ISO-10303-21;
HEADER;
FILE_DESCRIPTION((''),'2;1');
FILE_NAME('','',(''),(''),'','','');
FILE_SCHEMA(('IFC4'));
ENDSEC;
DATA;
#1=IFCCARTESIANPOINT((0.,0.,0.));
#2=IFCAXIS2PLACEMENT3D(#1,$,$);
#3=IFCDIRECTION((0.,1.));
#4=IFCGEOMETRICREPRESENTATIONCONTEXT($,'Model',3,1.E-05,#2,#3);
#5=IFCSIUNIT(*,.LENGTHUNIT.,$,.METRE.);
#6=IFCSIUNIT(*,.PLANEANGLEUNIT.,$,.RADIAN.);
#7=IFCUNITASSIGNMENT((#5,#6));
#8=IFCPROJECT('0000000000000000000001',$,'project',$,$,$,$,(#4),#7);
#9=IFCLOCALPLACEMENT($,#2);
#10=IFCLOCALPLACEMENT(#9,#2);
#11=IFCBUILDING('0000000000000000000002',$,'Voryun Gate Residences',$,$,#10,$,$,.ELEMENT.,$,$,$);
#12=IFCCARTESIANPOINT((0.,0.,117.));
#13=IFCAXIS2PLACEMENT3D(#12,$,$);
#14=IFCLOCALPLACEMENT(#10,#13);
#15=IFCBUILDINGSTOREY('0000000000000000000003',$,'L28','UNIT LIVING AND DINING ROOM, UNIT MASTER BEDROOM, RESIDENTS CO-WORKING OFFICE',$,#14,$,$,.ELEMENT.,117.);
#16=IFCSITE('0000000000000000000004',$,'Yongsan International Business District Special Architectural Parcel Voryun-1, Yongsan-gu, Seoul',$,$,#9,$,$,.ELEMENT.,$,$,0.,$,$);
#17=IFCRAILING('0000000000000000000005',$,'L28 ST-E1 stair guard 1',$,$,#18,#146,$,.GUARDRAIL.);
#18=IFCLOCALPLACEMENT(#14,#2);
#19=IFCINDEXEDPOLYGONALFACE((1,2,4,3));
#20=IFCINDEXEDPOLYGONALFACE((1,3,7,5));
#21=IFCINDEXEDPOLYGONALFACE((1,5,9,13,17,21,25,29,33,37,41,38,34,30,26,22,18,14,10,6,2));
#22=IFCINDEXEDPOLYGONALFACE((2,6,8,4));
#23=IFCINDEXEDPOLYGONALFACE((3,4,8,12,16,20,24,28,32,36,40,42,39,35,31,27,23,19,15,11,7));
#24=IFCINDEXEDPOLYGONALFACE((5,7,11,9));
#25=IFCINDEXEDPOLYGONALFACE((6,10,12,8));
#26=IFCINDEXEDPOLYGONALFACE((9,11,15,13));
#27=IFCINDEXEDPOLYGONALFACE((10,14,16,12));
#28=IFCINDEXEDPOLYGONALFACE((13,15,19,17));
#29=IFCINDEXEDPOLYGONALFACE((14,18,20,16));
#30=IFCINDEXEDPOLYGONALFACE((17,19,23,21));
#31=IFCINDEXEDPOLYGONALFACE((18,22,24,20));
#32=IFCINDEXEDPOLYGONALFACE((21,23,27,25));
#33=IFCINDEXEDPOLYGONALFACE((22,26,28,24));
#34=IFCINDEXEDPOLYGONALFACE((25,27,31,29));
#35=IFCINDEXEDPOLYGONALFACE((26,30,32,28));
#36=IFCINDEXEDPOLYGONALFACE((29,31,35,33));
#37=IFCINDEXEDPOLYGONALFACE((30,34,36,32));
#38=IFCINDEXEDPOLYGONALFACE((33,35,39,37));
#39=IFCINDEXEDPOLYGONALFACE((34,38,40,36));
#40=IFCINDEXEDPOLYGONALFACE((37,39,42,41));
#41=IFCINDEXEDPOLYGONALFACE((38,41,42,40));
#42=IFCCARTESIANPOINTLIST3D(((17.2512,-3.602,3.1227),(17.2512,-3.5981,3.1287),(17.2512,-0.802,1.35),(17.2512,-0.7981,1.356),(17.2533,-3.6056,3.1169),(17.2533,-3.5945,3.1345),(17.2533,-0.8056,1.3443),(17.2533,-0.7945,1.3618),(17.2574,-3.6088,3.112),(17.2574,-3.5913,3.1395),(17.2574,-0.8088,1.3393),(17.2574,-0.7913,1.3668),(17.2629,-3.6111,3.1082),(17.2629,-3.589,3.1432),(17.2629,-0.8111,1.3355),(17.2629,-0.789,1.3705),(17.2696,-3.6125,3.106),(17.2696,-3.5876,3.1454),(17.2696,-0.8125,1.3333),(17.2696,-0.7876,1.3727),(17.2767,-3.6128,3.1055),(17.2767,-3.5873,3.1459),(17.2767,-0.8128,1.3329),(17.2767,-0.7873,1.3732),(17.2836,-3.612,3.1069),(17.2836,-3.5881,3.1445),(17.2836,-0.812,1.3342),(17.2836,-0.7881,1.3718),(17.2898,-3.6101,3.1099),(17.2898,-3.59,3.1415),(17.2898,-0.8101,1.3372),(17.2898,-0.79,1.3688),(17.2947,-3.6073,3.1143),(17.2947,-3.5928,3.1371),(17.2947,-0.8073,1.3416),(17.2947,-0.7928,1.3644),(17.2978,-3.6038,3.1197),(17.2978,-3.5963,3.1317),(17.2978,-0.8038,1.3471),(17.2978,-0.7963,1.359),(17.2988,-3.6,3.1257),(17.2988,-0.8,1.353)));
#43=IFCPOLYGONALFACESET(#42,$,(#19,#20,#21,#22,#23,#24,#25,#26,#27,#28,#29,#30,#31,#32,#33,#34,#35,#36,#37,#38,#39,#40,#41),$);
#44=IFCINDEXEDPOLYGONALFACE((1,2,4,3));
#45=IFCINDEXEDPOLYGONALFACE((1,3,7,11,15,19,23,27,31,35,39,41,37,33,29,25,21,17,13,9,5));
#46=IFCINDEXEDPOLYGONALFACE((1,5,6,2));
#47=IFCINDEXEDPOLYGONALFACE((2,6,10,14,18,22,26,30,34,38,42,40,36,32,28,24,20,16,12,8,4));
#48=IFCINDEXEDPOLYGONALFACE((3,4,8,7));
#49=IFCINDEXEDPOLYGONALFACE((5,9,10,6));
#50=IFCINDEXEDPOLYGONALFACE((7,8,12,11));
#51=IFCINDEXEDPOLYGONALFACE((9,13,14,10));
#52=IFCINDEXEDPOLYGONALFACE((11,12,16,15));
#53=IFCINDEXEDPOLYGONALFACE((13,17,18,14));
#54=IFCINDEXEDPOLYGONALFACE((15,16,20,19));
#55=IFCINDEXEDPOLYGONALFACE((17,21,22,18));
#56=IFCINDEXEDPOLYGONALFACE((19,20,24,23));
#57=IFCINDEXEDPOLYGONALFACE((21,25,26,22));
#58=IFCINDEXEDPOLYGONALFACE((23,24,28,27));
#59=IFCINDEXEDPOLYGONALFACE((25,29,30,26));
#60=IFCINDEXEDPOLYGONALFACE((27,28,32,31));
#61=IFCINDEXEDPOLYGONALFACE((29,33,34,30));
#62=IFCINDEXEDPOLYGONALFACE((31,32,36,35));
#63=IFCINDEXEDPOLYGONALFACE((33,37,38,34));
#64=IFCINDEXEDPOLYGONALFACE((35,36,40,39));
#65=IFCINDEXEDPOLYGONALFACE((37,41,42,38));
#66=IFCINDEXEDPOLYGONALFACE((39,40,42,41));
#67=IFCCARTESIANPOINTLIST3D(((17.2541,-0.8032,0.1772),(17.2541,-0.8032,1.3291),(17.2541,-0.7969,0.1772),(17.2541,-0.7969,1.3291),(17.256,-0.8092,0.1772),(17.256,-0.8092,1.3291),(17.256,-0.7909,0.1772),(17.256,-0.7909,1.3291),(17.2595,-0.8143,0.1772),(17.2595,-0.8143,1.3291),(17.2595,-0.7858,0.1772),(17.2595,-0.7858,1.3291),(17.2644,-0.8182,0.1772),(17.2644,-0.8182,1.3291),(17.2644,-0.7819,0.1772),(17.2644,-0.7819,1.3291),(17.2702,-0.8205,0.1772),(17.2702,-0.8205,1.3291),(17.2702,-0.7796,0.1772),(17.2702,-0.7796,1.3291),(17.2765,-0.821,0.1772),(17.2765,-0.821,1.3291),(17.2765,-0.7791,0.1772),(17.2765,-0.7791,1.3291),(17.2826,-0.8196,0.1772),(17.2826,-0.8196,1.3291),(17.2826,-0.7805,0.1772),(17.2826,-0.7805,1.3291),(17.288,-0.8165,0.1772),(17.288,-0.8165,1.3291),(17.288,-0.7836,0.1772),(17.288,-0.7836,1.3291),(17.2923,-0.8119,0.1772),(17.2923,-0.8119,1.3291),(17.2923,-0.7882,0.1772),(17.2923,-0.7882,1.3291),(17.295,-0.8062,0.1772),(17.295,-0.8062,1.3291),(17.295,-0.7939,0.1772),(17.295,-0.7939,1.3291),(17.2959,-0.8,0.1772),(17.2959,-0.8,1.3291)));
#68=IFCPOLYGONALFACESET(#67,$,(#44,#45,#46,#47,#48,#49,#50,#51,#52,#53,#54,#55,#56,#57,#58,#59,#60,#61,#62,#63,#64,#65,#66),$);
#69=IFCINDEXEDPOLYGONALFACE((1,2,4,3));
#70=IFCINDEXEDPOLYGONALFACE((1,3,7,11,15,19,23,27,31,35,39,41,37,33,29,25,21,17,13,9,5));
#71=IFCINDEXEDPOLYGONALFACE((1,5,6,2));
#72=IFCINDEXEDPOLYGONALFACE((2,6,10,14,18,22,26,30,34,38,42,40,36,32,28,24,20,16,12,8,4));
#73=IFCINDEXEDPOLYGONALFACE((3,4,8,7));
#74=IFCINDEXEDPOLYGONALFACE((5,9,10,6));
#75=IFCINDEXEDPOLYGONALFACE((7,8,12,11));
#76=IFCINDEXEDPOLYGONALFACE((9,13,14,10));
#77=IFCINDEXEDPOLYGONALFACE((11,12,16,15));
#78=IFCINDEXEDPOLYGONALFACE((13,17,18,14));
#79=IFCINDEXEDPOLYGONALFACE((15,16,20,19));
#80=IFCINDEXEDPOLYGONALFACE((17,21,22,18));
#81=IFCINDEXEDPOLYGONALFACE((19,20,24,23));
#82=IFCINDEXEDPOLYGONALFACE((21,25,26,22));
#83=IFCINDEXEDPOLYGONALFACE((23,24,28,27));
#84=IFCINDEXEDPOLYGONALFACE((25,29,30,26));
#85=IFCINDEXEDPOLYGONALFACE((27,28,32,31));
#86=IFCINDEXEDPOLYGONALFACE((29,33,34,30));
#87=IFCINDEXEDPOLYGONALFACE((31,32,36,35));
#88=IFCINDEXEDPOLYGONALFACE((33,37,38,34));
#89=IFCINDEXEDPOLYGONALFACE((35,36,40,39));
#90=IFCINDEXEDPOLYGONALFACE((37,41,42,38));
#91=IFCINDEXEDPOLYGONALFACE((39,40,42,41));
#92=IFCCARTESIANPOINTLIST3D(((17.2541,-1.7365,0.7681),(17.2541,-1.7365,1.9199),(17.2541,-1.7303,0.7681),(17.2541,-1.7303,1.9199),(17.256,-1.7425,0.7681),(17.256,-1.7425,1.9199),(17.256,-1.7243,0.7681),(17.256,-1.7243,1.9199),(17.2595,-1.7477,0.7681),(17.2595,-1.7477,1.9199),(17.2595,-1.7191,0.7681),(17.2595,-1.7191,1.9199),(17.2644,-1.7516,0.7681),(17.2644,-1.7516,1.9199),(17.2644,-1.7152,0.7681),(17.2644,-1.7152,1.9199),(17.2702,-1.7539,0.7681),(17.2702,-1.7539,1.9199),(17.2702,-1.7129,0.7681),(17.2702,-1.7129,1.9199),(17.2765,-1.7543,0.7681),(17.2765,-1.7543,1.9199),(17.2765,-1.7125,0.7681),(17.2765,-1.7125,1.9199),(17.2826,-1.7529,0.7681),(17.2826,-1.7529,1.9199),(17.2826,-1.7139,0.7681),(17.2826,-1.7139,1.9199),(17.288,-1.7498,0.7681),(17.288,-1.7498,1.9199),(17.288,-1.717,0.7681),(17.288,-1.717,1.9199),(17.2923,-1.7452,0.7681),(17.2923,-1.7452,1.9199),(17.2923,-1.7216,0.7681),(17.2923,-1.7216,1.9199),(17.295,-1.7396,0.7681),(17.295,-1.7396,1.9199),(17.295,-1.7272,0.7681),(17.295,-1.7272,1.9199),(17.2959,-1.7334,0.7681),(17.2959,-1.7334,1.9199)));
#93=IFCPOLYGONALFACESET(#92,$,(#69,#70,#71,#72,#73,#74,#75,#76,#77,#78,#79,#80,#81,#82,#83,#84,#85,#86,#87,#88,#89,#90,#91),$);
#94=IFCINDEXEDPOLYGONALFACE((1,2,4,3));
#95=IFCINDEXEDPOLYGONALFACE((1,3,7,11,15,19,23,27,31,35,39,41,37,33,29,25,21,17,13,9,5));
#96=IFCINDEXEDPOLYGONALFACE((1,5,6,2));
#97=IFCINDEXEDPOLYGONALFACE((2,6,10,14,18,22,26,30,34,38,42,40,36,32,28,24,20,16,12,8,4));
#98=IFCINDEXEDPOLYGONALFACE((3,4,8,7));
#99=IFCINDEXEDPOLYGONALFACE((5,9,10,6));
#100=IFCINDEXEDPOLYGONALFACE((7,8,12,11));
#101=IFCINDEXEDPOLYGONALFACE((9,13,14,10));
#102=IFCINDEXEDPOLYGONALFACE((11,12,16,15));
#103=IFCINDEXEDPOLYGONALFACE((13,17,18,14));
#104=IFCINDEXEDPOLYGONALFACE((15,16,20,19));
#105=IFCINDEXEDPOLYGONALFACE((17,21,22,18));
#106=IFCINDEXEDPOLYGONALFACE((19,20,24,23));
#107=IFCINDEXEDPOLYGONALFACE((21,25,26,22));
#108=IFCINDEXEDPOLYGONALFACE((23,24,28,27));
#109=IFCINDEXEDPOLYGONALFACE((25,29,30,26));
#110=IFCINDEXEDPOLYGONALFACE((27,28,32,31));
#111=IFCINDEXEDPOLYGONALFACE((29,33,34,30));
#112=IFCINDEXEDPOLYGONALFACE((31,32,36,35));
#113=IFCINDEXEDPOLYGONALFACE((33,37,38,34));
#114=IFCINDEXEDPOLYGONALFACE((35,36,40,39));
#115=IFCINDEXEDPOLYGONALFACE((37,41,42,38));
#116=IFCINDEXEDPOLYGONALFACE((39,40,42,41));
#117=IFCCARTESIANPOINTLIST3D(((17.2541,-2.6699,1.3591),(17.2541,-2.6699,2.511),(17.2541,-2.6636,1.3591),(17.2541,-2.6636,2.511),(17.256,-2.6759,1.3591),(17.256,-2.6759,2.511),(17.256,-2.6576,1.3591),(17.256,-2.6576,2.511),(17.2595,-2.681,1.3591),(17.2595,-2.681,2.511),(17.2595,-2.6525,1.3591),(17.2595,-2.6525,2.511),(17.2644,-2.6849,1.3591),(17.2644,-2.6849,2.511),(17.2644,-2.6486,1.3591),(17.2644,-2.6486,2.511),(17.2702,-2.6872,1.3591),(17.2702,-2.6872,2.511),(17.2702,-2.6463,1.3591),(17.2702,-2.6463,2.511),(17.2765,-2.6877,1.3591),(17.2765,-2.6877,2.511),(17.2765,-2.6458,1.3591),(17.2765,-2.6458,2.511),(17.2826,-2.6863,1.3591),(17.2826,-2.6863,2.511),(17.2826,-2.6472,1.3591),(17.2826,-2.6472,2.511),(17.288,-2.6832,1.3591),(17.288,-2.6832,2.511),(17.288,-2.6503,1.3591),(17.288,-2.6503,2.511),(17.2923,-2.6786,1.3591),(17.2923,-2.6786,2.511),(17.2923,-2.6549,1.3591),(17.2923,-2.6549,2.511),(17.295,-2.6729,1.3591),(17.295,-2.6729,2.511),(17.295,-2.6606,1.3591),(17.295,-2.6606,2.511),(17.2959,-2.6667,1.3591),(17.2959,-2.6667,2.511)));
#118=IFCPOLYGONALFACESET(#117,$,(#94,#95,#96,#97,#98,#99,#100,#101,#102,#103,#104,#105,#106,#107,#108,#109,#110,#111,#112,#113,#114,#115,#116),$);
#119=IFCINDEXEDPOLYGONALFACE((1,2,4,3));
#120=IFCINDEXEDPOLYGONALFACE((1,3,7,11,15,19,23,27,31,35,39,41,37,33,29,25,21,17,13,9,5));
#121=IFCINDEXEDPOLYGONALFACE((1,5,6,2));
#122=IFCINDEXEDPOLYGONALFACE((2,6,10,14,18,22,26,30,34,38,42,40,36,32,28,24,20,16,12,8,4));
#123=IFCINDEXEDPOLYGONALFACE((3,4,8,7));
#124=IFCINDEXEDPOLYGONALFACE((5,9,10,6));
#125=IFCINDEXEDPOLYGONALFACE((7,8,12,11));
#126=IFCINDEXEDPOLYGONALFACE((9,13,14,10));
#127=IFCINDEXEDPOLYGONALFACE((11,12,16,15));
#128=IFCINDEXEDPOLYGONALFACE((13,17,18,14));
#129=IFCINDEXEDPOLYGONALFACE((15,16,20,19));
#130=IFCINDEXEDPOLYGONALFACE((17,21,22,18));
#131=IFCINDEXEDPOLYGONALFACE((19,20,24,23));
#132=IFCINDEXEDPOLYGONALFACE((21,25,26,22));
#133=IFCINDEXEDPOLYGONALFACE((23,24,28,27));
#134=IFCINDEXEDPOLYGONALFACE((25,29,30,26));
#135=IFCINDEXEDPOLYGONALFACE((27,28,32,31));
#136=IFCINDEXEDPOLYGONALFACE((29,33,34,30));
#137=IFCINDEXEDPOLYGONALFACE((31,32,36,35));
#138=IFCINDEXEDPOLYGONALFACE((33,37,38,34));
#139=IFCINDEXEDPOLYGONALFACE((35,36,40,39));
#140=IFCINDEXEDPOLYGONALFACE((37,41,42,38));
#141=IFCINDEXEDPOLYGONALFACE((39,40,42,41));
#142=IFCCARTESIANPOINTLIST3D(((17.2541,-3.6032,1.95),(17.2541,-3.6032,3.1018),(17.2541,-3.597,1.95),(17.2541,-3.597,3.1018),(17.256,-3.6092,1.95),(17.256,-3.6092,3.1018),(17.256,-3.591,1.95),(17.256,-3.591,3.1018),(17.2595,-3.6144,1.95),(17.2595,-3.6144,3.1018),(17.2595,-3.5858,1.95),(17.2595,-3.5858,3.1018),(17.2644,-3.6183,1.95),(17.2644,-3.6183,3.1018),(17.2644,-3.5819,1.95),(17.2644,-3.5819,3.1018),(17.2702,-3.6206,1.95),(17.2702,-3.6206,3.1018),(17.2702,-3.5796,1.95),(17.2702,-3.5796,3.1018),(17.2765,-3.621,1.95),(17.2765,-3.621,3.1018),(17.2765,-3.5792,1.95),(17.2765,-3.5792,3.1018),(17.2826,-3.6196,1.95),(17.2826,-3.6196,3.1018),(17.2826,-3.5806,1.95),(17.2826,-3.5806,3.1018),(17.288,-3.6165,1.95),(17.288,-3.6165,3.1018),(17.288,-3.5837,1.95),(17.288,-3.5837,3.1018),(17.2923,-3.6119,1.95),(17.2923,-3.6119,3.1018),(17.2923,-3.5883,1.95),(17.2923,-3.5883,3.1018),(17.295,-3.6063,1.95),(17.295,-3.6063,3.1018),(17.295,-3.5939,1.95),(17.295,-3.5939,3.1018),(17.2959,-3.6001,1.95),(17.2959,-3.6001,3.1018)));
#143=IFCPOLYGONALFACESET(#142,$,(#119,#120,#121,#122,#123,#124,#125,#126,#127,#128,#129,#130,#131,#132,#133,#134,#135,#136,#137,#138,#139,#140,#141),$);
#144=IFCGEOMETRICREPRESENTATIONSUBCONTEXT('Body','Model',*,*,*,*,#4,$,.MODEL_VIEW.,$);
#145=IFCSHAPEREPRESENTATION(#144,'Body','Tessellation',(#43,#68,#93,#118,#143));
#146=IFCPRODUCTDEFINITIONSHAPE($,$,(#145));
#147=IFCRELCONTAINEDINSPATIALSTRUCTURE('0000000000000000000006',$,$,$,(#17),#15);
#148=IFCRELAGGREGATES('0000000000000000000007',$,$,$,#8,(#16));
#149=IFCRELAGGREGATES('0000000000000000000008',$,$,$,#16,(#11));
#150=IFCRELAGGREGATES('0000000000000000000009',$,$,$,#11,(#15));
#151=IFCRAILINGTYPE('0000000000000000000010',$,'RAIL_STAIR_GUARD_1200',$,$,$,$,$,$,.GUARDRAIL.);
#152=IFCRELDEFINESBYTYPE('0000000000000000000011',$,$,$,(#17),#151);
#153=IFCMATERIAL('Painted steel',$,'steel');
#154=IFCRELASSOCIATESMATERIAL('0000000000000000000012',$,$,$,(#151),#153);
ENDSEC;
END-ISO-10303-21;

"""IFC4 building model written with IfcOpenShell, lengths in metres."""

from ifc_helpers import new_model, si_unit, direction, frame, origin, origin_2d, place, context, subcontext, project, spatial, circle, extrude, material, type_object, element, save


model = new_model("IFC4")

# Units and contexts
model_context = context("Model", 3, precision=1e-05, world=origin(), true_north=direction((0.0, 1.0)))
body_context = subcontext(model_context, "Body", "Model", "MODEL_VIEW")
ifc_project = project(units=[si_unit("LENGTHUNIT", "METRE"), si_unit("PLANEANGLEUNIT", "RADIAN")], contexts=[model_context])

# Site, building, storey
site_placement = place(None, origin())
site = spatial("IfcSite", under=ifc_project, at=site_placement, Name="Yongsan International Business District Special Architectural Parcel Voryun-1, Yongsan-gu, Seoul", CompositionType="ELEMENT", RefElevation=0.0)
building_placement = place(site_placement, origin())
building = spatial("IfcBuilding", under=site, at=building_placement, Name="Voryun Gate Residences", CompositionType="ELEMENT")
storey_placement = place(building_placement, frame((0.0, 0.0, 117.0)))
storey = spatial("IfcBuildingStorey", under=building, at=storey_placement, Name="L28", Description="UNIT LIVING AND DINING ROOM, UNIT MASTER BEDROOM, RESIDENTS CO-WORKING OFFICE", CompositionType="ELEMENT", Elevation=117.0)

# Railing
ifc_material_1 = material(Name="Painted steel", Category="steel")
railing_type_1 = type_object("IfcRailingType", Name="RAIL_STAIR_GUARD_1200", PredefinedType="GUARDRAIL", material=ifc_material_1)
railing_1_placement = place(storey_placement, frame((17.2749, -0.8, 0.1772)))
element("IfcRailing", 1, at=railing_1_placement, inside=storey, type_object=railing_type_1, Name="L28 ST-E1 stair guard 1", PredefinedType="GUARDRAIL", context=body_context, shape_type="SweptSolid", body=[
    extrude(circle(Radius=0.0239, at=origin_2d()), frame((0.0, 0.0, 1.1758), z_axis=(0.0, -0.844909, 0.53491), x_axis=(1.0, 0.0, 0.0)), (0.0, 0.0, 1.0), 3.314),
    extrude(circle(Radius=0.021, at=origin_2d()), origin(), (0.0, 0.0, 1.0), 1.1519),
    extrude(circle(Radius=0.021, at=origin_2d()), frame((0.0, -0.9333, 0.5908)), (0.0, 0.0, 1.0), 1.1519),
    extrude(circle(Radius=0.021, at=origin_2d()), frame((0.0, -1.8667, 1.1819)), (0.0, 0.0, 1.0), 1.1519),
    extrude(circle(Radius=0.021, at=origin_2d()), frame((0.0, -2.8, 1.7727)), (0.0, 0.0, 1.0), 1.1519),
])

save(model, "model.ifc")
